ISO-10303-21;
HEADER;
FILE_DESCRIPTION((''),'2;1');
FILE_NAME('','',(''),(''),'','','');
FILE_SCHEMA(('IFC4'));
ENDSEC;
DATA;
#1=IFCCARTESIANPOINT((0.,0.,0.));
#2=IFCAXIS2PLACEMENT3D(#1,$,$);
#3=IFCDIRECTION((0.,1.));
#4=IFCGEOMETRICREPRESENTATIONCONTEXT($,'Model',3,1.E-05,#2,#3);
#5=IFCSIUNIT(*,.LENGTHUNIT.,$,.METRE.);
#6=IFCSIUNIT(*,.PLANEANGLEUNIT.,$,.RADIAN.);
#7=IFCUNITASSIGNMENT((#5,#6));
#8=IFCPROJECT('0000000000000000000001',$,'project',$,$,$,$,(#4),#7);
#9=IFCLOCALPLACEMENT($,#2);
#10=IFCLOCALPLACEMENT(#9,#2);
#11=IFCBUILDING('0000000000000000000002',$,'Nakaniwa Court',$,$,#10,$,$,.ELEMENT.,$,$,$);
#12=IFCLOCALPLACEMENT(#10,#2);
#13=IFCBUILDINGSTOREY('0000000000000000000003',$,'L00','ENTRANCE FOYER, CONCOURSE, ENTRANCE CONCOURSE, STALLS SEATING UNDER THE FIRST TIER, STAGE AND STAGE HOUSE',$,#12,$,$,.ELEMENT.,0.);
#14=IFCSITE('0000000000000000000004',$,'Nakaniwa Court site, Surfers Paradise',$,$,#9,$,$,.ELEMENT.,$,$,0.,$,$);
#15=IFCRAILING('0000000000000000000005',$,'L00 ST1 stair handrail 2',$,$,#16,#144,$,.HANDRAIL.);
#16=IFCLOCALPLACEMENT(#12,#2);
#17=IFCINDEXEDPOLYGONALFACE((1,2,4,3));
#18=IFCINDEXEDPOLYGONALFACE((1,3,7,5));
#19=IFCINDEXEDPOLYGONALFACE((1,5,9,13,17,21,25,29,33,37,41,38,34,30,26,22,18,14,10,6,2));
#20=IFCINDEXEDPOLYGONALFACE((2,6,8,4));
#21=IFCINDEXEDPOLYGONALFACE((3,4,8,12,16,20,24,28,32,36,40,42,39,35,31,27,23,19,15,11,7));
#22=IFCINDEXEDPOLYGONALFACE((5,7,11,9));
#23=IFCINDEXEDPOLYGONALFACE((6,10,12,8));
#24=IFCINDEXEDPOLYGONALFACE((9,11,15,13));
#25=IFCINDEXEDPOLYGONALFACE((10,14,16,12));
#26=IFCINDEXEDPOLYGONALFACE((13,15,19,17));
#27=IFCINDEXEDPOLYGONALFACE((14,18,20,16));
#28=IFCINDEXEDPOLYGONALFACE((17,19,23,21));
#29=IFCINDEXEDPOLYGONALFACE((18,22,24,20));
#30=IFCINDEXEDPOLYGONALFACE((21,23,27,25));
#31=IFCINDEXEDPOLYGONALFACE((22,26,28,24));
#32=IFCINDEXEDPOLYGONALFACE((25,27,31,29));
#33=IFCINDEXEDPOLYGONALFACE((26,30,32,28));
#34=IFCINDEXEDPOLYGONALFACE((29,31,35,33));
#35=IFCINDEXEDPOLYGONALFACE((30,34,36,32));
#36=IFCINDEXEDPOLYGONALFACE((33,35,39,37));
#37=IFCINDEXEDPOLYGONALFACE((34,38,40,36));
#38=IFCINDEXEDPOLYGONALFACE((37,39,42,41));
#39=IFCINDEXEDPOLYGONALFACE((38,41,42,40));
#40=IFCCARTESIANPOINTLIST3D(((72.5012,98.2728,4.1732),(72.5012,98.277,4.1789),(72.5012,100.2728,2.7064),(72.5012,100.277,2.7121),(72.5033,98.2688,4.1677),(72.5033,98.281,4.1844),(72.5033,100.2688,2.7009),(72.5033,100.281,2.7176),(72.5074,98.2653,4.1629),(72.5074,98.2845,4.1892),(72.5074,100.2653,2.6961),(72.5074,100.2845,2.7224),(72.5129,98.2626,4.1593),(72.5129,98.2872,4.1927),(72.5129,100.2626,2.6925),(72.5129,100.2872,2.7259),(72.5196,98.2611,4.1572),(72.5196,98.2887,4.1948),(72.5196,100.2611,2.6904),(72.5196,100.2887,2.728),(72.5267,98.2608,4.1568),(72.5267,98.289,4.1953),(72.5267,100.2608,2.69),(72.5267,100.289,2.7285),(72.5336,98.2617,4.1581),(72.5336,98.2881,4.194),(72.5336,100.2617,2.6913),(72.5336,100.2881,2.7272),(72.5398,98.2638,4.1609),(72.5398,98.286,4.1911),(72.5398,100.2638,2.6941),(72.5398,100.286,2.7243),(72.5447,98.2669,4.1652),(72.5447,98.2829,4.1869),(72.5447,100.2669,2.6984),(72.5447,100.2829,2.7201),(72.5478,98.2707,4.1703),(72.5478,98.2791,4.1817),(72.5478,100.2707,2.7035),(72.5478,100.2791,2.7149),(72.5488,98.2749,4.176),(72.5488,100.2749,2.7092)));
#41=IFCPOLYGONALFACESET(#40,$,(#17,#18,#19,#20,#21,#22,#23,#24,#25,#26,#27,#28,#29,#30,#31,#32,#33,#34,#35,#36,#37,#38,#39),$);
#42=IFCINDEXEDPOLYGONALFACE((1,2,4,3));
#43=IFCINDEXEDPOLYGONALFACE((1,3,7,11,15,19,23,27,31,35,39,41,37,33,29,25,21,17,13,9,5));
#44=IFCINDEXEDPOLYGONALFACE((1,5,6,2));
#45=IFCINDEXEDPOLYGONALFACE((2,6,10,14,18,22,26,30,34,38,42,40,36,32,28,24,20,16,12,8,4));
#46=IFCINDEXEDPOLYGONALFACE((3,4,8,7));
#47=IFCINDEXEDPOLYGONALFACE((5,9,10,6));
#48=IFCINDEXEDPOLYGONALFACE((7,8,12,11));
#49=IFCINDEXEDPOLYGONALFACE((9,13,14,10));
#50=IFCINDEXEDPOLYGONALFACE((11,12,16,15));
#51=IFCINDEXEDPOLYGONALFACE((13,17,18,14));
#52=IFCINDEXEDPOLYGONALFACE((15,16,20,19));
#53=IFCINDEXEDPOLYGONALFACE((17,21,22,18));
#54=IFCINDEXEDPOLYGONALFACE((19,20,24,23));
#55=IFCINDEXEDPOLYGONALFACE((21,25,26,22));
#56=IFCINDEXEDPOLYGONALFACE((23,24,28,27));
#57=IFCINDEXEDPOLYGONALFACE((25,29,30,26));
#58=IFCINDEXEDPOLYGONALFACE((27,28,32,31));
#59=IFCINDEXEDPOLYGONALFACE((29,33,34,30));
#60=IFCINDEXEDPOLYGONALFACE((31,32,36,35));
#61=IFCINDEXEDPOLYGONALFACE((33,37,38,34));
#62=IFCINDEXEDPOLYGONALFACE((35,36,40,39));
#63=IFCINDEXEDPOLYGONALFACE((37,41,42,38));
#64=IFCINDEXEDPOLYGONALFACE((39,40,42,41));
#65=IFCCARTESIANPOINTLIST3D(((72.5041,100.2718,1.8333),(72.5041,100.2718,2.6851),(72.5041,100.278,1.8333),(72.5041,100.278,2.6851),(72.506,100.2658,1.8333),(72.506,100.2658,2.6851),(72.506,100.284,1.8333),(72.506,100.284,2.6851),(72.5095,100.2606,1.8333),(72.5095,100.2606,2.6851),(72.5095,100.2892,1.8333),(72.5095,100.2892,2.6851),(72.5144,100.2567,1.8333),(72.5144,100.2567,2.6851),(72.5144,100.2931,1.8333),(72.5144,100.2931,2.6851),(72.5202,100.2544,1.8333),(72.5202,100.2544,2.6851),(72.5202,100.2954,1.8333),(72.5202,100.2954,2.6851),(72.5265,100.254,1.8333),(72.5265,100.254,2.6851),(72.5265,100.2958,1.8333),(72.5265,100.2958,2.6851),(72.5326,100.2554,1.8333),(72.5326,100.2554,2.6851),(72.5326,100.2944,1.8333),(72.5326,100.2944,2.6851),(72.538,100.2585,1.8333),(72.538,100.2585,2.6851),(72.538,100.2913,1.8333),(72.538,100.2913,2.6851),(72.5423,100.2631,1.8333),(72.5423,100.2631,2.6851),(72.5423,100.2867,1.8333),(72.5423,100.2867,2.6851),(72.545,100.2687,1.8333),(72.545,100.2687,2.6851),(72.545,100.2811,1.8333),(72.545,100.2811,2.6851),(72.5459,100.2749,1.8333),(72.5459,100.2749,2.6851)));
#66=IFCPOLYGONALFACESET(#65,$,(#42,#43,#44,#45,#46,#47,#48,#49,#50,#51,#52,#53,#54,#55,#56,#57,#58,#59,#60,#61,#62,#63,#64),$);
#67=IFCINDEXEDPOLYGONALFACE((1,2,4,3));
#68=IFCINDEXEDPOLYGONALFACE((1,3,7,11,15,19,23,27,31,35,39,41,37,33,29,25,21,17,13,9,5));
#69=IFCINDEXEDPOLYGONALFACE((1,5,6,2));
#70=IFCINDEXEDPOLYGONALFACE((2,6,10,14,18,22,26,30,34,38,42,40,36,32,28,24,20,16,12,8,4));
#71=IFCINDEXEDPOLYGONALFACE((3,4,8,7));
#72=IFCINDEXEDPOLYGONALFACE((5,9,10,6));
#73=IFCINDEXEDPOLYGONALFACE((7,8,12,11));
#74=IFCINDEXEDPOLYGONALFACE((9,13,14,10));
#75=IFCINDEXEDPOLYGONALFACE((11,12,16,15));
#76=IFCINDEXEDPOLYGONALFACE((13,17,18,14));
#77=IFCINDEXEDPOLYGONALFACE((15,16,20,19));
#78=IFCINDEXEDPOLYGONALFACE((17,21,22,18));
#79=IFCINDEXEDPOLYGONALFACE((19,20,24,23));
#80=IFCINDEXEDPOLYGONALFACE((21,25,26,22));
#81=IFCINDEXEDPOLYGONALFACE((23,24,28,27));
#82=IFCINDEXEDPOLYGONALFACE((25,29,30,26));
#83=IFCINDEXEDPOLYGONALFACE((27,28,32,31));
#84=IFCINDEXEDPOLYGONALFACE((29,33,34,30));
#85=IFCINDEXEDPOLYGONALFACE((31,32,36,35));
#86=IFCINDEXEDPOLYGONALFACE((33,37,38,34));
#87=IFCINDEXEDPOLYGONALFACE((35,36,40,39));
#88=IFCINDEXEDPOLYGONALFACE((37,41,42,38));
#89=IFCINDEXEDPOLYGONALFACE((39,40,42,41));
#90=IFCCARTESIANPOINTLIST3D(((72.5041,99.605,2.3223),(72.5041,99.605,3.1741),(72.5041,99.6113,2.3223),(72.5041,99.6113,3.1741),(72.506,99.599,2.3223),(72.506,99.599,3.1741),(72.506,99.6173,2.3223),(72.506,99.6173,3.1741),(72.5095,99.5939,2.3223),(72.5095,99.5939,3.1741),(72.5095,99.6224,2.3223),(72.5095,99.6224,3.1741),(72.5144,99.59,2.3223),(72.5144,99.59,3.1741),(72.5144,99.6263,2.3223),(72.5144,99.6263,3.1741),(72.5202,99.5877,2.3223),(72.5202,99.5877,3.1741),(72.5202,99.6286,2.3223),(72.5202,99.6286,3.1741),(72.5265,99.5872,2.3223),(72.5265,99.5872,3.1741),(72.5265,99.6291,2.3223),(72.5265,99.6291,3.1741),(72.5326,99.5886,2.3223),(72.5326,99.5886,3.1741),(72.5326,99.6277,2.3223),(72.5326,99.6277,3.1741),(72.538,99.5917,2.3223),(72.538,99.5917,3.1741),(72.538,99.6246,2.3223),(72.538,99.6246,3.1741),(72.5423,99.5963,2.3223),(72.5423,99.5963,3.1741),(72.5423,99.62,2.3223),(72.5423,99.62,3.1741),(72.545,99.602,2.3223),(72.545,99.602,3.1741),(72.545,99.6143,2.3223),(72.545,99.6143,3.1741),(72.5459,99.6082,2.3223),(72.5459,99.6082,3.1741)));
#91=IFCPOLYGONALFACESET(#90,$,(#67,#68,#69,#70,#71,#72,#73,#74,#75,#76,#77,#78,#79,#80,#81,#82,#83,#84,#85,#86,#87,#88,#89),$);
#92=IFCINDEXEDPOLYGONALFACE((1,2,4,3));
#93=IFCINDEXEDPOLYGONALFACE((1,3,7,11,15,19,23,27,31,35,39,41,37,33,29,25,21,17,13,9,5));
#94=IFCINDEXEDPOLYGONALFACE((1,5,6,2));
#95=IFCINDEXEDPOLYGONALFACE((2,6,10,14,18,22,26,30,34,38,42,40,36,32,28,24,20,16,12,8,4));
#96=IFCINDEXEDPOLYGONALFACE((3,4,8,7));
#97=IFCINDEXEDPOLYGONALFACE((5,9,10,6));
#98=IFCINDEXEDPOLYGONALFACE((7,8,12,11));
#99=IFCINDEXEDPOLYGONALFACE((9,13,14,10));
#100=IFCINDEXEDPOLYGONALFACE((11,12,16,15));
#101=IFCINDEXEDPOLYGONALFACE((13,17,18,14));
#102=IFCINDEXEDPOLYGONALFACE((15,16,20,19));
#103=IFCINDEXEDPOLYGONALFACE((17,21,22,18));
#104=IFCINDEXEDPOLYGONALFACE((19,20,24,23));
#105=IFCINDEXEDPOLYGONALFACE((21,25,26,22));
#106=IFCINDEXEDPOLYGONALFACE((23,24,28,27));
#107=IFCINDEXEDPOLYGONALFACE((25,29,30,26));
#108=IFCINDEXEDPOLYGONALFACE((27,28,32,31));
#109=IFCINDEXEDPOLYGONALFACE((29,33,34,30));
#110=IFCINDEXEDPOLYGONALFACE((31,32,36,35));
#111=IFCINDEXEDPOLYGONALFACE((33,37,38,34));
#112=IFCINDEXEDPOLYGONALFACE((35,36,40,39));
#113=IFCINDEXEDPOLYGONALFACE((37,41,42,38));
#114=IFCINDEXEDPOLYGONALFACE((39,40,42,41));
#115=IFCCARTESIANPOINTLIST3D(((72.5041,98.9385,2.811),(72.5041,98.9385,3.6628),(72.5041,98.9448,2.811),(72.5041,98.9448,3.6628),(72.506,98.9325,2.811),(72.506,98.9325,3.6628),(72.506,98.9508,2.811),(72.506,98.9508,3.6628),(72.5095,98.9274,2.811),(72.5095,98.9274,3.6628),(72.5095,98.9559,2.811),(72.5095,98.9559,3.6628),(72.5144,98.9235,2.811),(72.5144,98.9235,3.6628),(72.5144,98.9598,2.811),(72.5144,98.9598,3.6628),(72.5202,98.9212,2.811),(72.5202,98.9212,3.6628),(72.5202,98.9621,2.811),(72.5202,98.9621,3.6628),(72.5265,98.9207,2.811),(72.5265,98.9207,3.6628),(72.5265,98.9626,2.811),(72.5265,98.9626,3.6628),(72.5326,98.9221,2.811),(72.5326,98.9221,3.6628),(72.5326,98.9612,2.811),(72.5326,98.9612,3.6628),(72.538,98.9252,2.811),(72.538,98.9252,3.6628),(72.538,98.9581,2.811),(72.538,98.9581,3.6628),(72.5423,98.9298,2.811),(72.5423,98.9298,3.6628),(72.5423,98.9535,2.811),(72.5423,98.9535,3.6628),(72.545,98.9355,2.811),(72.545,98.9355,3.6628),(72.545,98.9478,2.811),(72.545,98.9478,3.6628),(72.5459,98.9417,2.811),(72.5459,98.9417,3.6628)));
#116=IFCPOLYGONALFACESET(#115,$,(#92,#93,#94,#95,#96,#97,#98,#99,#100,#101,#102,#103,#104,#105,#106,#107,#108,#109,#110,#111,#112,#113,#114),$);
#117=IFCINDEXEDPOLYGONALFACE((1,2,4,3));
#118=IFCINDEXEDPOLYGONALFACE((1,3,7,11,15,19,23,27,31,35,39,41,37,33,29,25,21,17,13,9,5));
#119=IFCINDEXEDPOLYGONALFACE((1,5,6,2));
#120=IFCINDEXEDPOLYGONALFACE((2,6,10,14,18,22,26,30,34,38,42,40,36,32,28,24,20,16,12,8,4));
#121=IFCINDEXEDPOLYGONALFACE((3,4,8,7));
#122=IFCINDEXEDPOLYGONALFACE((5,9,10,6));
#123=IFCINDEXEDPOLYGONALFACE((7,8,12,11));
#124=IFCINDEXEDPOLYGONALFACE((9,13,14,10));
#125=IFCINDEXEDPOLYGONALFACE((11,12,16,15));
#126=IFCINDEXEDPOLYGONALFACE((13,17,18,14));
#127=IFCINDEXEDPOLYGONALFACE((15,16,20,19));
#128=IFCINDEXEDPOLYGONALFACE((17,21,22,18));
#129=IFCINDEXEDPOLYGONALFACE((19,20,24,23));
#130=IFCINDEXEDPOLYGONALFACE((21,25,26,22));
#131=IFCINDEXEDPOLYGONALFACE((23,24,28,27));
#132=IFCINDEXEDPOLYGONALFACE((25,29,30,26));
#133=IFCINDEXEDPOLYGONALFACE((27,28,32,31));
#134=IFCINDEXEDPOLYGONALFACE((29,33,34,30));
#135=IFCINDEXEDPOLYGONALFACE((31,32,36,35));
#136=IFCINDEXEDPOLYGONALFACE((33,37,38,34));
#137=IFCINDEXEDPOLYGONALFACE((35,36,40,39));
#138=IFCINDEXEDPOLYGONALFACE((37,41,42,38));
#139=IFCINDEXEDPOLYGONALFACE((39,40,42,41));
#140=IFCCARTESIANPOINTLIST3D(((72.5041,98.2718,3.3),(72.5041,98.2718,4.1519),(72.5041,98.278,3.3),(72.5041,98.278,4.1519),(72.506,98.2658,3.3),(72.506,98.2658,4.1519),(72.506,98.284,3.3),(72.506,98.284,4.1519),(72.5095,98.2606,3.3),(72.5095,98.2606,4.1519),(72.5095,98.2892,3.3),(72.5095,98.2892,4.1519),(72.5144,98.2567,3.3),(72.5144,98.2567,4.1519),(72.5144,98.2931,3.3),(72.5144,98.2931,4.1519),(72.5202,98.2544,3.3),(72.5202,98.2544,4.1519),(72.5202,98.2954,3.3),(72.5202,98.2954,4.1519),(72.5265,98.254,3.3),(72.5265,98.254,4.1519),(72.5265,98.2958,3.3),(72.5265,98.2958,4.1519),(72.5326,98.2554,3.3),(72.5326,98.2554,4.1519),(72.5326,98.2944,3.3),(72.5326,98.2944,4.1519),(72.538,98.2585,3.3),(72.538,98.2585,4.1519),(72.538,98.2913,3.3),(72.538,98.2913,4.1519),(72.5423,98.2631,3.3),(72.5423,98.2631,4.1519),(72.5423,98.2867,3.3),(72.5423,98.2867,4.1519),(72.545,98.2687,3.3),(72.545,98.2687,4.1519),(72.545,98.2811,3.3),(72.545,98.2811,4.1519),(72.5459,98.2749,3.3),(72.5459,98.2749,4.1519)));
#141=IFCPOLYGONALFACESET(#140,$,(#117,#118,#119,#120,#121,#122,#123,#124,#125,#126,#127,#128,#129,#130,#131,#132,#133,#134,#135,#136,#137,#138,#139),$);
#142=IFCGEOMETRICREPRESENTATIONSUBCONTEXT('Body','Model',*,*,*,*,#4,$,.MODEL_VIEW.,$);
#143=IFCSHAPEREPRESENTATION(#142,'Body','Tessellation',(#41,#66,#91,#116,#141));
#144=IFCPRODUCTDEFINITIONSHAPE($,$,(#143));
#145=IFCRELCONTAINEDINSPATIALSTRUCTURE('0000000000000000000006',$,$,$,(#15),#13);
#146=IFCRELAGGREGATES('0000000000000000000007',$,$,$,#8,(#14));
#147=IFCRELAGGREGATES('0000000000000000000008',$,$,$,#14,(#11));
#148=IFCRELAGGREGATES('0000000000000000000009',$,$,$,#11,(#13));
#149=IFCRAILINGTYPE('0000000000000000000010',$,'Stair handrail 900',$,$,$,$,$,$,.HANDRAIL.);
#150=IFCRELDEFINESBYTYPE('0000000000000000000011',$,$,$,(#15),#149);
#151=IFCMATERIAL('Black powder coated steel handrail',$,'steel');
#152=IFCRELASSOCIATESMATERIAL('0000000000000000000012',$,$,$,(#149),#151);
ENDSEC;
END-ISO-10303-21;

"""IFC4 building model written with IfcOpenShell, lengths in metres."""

from ifc_helpers import new_model, si_unit, direction, frame, origin, origin_2d, place, context, subcontext, project, spatial, circle, extrude, material, type_object, element, save


model = new_model("IFC4")

# Units and contexts
model_context = context("Model", 3, precision=1e-05, world=origin(), true_north=direction((0.0, 1.0)))
body_context = subcontext(model_context, "Body", "Model", "MODEL_VIEW")
ifc_project = project(units=[si_unit("LENGTHUNIT", "METRE"), si_unit("PLANEANGLEUNIT", "RADIAN")], contexts=[model_context])

# Site, building, storey
site_placement = place(None, origin())
site = spatial("IfcSite", under=ifc_project, at=site_placement, Name="Nakaniwa Court site, Surfers Paradise", CompositionType="ELEMENT", RefElevation=0.0)
building_placement = place(site_placement, origin())
building = spatial("IfcBuilding", under=site, at=building_placement, Name="Nakaniwa Court", CompositionType="ELEMENT")
storey_placement = place(building_placement, origin())
storey = spatial("IfcBuildingStorey", under=building, at=storey_placement, Name="L00", Description="ENTRANCE FOYER, CONCOURSE, ENTRANCE CONCOURSE, STALLS SEATING UNDER THE FIRST TIER, STAGE AND STAGE HOUSE", CompositionType="ELEMENT", Elevation=0.0)

# Railing
ifc_material_1 = material(Name="Black powder coated steel handrail", Category="steel")
railing_type_1 = type_object("IfcRailingType", Name="Stair handrail 900", PredefinedType="HANDRAIL", material=ifc_material_1)
for number, where, name in (
    (1, (72.5249, 100.2749, 1.8333), "L00 ST1 stair handrail 2"),
):
    element("IfcRailing", number, at=place(storey_placement, frame(where)), inside=storey, type_object=railing_type_1, Name=name, PredefinedType="HANDRAIL", context=body_context, shape_type="SweptSolid", body=[
        extrude(circle(Radius=0.0239, at=origin_2d()), frame((0.0, 0.0, 0.876), z_axis=(0.0, -0.80638, 0.591398), x_axis=(1.0, 0.0, 0.0)), (0.0, 0.0, 1.0), 2.4802),
        extrude(circle(Radius=0.021, at=origin_2d()), origin(), (0.0, 0.0, 1.0), 0.8518),
        extrude(circle(Radius=0.021, at=origin_2d()), frame((0.0, -0.6667, 0.489)), (0.0, 0.0, 1.0), 0.8518),
        extrude(circle(Radius=0.021, at=origin_2d()), frame((0.0, -1.3333, 0.9778)), (0.0, 0.0, 1.0), 0.8518),
        extrude(circle(Radius=0.021, at=origin_2d()), frame((0.0, -2.0, 1.4668)), (0.0, 0.0, 1.0), 0.8518),
    ])

save(model, "model.ifc")
